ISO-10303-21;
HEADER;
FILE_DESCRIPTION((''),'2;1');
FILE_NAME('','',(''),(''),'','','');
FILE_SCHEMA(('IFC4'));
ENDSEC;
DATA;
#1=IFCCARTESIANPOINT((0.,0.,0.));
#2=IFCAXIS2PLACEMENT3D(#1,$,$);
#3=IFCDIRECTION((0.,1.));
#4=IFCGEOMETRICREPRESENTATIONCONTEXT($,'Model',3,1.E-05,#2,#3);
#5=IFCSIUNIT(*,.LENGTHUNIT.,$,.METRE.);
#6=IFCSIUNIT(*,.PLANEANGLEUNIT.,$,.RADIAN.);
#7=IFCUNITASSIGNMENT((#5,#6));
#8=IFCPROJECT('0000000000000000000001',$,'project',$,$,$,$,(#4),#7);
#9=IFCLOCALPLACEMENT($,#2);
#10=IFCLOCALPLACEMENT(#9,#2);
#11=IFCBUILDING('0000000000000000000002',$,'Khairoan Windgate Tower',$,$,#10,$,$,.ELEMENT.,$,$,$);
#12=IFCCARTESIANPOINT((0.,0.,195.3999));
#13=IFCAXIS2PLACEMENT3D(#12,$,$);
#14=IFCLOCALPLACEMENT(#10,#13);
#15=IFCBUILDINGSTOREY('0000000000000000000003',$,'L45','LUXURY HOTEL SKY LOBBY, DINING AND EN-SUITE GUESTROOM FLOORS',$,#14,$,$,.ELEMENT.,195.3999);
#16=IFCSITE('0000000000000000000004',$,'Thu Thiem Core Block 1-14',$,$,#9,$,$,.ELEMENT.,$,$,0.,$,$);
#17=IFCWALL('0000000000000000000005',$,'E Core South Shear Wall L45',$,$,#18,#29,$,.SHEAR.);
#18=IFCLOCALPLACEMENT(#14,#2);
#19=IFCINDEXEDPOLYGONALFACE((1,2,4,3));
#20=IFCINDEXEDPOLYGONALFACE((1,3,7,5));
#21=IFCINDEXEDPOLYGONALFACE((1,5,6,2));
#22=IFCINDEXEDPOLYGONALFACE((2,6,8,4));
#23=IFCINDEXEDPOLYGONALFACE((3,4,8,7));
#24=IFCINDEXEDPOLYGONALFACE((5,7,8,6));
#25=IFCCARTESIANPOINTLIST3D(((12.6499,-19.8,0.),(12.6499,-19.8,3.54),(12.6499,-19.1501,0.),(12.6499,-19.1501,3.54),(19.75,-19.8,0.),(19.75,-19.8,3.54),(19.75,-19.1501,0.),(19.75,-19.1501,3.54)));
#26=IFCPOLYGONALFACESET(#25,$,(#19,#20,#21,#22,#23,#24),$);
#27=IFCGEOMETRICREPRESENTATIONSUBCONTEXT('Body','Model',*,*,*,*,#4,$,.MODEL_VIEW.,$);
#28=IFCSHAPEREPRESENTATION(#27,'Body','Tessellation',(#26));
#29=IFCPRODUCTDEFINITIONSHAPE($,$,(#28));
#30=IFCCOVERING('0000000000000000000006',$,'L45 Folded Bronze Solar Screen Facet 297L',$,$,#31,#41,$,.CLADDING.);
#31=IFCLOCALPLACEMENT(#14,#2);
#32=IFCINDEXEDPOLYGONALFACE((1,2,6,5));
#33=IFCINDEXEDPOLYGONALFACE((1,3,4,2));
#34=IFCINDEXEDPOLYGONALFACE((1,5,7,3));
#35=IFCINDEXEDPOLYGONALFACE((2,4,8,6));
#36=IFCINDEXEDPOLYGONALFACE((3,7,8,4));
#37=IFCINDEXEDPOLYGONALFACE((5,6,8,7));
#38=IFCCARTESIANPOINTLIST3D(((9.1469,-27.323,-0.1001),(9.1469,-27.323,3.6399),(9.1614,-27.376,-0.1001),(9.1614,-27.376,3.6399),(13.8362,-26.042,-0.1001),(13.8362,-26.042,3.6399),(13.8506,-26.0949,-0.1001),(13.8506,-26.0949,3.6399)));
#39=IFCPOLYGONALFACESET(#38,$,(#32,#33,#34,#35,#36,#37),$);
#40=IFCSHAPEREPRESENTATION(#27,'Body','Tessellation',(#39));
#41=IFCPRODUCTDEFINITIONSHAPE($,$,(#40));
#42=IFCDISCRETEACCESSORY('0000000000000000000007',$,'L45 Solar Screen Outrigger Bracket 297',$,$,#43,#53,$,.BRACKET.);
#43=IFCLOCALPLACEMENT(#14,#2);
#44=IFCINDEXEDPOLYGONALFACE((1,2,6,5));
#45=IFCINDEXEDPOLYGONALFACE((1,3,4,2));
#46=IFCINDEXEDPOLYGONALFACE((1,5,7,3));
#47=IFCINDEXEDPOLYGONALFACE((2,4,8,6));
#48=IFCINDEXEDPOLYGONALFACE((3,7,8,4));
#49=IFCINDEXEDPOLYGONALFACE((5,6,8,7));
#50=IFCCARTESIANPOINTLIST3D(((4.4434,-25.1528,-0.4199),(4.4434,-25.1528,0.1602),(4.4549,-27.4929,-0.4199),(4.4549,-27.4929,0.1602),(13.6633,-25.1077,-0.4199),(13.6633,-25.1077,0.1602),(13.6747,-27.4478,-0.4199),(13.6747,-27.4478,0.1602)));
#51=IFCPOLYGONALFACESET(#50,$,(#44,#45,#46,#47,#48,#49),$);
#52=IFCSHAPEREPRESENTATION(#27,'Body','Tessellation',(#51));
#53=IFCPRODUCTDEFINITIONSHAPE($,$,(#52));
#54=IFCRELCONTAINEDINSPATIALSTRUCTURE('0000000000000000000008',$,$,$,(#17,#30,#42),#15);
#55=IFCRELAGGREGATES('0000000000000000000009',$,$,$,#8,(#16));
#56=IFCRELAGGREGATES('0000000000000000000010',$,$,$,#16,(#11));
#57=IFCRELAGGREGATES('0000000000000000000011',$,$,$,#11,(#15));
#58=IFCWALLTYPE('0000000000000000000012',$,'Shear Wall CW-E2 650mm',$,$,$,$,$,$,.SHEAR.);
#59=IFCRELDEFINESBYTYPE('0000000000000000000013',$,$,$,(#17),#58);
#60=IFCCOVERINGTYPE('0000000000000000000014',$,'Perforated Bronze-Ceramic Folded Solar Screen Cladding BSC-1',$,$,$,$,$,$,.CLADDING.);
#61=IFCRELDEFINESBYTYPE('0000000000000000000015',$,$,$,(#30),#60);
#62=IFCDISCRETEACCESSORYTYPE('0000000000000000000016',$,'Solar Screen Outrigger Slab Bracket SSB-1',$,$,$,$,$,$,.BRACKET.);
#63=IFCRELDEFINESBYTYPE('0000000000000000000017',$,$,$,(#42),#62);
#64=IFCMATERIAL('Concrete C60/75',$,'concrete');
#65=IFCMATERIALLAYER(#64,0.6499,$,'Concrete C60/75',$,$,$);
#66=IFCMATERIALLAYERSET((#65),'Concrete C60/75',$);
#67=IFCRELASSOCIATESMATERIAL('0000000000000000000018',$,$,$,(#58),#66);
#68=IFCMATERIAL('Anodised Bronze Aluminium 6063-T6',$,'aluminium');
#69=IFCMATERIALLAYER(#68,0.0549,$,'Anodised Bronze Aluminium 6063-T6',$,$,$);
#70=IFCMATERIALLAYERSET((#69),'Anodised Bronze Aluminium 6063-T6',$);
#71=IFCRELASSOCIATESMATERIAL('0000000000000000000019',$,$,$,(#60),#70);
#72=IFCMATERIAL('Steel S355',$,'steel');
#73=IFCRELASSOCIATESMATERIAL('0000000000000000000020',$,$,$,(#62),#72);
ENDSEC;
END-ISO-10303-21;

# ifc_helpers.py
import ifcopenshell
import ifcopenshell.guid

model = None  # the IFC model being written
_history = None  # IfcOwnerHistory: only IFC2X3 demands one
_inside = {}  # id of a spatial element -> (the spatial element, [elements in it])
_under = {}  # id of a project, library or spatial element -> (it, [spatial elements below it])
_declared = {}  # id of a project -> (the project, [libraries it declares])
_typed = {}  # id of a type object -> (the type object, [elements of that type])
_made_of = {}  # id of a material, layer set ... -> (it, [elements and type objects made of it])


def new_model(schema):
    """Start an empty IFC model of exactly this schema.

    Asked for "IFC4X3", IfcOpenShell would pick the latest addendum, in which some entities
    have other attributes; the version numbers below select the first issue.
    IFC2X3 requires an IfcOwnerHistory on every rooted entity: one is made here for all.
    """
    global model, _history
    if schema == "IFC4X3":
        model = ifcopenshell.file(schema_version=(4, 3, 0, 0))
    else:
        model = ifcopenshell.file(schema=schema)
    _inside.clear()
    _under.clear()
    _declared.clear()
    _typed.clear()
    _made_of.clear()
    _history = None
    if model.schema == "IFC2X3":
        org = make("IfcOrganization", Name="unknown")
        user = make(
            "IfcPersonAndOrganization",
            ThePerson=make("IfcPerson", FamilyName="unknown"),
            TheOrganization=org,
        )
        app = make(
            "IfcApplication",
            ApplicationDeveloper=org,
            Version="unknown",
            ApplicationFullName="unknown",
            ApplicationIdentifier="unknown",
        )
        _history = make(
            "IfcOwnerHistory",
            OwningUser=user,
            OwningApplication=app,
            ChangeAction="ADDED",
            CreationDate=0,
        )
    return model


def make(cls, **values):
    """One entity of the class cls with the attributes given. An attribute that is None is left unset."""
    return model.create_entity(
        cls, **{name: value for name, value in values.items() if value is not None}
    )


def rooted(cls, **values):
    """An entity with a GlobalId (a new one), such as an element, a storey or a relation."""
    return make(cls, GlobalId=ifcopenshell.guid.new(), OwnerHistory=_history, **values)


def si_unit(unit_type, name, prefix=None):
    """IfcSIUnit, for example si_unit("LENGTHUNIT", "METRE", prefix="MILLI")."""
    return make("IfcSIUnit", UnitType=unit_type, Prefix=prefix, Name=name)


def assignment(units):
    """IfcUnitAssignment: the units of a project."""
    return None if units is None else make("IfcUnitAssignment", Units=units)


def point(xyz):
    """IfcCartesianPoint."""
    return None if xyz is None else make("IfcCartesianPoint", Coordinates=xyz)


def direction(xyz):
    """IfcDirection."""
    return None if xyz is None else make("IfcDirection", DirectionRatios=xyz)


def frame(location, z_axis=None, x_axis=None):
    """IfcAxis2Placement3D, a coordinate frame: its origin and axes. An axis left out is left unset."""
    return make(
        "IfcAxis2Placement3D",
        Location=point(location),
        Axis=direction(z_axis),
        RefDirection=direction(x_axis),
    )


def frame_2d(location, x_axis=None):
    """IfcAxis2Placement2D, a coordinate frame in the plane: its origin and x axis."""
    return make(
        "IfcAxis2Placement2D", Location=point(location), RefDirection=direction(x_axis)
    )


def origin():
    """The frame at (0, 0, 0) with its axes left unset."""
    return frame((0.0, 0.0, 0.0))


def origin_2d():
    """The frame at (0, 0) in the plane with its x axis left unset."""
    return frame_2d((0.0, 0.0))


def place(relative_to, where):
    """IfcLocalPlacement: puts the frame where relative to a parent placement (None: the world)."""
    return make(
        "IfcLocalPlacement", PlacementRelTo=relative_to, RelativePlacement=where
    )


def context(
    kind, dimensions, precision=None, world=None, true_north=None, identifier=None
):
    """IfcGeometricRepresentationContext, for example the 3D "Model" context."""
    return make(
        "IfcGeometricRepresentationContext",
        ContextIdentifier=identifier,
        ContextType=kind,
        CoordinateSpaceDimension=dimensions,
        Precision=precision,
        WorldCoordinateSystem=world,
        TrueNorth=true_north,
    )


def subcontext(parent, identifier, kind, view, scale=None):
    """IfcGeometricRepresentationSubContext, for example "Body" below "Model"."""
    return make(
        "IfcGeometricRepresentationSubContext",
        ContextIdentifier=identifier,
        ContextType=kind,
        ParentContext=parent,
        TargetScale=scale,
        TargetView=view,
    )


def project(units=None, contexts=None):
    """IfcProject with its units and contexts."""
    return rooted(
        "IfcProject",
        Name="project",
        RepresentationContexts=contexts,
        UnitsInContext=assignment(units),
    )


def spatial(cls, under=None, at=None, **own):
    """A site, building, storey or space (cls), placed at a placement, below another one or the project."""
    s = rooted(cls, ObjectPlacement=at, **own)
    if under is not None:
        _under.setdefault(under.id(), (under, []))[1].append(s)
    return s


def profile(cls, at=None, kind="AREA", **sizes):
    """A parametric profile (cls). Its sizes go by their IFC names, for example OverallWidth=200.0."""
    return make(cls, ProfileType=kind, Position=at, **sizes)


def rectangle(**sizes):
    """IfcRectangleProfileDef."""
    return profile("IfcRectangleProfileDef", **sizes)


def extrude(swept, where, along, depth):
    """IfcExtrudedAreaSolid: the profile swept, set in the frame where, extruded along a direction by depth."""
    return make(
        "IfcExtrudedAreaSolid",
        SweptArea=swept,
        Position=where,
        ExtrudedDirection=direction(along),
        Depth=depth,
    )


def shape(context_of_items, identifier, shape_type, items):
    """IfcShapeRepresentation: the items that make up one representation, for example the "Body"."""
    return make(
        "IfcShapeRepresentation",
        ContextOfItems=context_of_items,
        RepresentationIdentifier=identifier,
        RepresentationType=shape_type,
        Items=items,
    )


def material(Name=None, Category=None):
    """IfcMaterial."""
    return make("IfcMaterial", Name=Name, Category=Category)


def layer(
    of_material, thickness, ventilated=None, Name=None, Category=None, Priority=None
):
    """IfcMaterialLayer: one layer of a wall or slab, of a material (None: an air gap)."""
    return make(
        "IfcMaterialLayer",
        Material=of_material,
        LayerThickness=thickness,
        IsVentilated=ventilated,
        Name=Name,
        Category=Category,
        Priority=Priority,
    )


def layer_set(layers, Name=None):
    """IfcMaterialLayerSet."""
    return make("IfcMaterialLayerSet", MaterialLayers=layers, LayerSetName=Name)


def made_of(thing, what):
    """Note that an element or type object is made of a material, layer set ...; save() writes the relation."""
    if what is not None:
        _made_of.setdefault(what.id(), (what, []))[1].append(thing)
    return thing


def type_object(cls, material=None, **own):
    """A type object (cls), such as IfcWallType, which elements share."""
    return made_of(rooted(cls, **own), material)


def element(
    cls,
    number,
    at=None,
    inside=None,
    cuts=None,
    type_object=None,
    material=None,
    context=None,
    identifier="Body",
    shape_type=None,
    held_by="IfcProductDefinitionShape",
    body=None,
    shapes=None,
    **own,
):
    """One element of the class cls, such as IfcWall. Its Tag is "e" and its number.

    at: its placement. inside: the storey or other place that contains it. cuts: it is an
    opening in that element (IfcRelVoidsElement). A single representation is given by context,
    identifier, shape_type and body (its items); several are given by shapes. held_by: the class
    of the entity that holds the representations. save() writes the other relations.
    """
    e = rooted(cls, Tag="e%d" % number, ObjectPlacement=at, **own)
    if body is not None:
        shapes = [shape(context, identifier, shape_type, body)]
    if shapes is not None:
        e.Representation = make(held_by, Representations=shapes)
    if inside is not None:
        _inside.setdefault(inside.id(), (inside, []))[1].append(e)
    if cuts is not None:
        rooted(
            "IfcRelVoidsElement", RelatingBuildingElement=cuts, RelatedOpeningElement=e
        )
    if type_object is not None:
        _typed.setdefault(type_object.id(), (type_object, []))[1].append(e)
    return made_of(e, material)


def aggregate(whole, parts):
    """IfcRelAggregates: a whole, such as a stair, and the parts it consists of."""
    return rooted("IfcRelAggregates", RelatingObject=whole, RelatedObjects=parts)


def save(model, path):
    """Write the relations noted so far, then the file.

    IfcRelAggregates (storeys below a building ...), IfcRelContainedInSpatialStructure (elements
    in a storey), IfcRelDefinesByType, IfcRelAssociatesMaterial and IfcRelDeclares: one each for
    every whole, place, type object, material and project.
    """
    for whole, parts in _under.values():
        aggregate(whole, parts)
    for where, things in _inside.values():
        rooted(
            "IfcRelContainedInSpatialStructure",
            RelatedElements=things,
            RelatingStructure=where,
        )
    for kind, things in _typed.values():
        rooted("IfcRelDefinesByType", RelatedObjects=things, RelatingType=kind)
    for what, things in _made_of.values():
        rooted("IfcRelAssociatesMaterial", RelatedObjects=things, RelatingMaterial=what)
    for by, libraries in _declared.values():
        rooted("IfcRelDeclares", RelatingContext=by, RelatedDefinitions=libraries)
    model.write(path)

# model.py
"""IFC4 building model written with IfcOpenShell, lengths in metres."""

from ifc_helpers import new_model, si_unit, direction, frame, frame_2d, origin, origin_2d, place, context, subcontext, project, spatial, rectangle, extrude, material, layer, layer_set, type_object, element, save


model = new_model("IFC4")

# Units and contexts
model_context = context("Model", 3, precision=1e-05, world=origin(), true_north=direction((0.0, 1.0)))
body_context = subcontext(model_context, "Body", "Model", "MODEL_VIEW")
ifc_project = project(units=[si_unit("LENGTHUNIT", "METRE"), si_unit("PLANEANGLEUNIT", "RADIAN")], contexts=[model_context])

# Site, building, storey
site_placement = place(None, origin())
site = spatial("IfcSite", under=ifc_project, at=site_placement, Name="Thu Thiem Core Block 1-14", CompositionType="ELEMENT", RefElevation=0.0)
building_placement = place(site_placement, origin())
building = spatial("IfcBuilding", under=site, at=building_placement, Name="Khairoan Windgate Tower", CompositionType="ELEMENT")
storey_placement = place(building_placement, frame((0.0, 0.0, 195.3999)))
storey = spatial("IfcBuildingStorey", under=building, at=storey_placement, Name="L45", Description="LUXURY HOTEL SKY LOBBY, DINING AND EN-SUITE GUESTROOM FLOORS", CompositionType="ELEMENT", Elevation=195.3999)

# Shared definitions
ifc_material_1 = material(Name="Concrete C60/75", Category="concrete")
ifc_layer_1 = layer(ifc_material_1, 0.6499, Name="Concrete C60/75")
ifc_layer_set_1 = layer_set([ifc_layer_1], Name="Concrete C60/75")
wall_type_1 = type_object("IfcWallType", Name="Shear Wall CW-E2 650mm", PredefinedType="SHEAR", material=ifc_layer_set_1)

# Wall
wall_1_placement = place(storey_placement, frame((12.6499, -19.4751, 0.0), z_axis=(0.0, 0.0, 1.0), x_axis=(1.0, 0.0, 0.0)))
element("IfcWall", 1, at=wall_1_placement, inside=storey, type_object=wall_type_1, Name="E Core South Shear Wall L45", PredefinedType="SHEAR", context=body_context, shape_type="SweptSolid", body=[
    extrude(rectangle(XDim=7.1001, YDim=0.6499, at=frame_2d((3.55, 0.0))), origin(), (0.0, 0.0, 1.0), 3.54),
])

# Covering
ifc_material_2 = material(Name="Anodised Bronze Aluminium 6063-T6", Category="aluminium")
ifc_layer_2 = layer(ifc_material_2, 0.0549, Name="Anodised Bronze Aluminium 6063-T6")
ifc_layer_set_2 = layer_set([ifc_layer_2], Name="Anodised Bronze Aluminium 6063-T6")
covering_type = type_object("IfcCoveringType", Name="Perforated Bronze-Ceramic Folded Solar Screen Cladding BSC-1", PredefinedType="CLADDING", material=ifc_layer_set_2)
covering_placement = place(storey_placement, frame((11.4988, -26.709, -0.1001), z_axis=(0.0, 0.0, 1.0), x_axis=(-0.964649, -0.263536, 0.0)))
element("IfcCovering", 2, at=covering_placement, inside=storey, type_object=covering_type, Name="L45 Folded Bronze Solar Screen Facet 297L", PredefinedType="CLADDING", context=body_context, shape_type="SweptSolid", body=[
    extrude(rectangle(XDim=4.8611, YDim=0.0549, at=origin_2d()), origin(), (0.0, 0.0, 1.0), 3.74),
])

# Discrete accessory
ifc_material_3 = material(Name="Steel S355", Category="steel")
discrete_accessory_type = type_object("IfcDiscreteAccessoryType", Name="Solar Screen Outrigger Slab Bracket SSB-1", PredefinedType="BRACKET", material=ifc_material_3)
discrete_accessory_placement = place(storey_placement, frame((9.0591, -26.3003, -0.4199), z_axis=(0.0, 0.0, 1.0), x_axis=(-0.999988, -0.004887, 0.0)))
element("IfcDiscreteAccessory", 3, at=discrete_accessory_placement, inside=storey, type_object=discrete_accessory_type, Name="L45 Solar Screen Outrigger Bracket 297", PredefinedType="BRACKET", context=body_context, shape_type="SweptSolid", body=[
    extrude(rectangle(XDim=9.22, YDim=2.3401, at=origin_2d()), origin(), (0.0, 0.0, 1.0), 0.5801),
])

save(model, "model.ifc")
